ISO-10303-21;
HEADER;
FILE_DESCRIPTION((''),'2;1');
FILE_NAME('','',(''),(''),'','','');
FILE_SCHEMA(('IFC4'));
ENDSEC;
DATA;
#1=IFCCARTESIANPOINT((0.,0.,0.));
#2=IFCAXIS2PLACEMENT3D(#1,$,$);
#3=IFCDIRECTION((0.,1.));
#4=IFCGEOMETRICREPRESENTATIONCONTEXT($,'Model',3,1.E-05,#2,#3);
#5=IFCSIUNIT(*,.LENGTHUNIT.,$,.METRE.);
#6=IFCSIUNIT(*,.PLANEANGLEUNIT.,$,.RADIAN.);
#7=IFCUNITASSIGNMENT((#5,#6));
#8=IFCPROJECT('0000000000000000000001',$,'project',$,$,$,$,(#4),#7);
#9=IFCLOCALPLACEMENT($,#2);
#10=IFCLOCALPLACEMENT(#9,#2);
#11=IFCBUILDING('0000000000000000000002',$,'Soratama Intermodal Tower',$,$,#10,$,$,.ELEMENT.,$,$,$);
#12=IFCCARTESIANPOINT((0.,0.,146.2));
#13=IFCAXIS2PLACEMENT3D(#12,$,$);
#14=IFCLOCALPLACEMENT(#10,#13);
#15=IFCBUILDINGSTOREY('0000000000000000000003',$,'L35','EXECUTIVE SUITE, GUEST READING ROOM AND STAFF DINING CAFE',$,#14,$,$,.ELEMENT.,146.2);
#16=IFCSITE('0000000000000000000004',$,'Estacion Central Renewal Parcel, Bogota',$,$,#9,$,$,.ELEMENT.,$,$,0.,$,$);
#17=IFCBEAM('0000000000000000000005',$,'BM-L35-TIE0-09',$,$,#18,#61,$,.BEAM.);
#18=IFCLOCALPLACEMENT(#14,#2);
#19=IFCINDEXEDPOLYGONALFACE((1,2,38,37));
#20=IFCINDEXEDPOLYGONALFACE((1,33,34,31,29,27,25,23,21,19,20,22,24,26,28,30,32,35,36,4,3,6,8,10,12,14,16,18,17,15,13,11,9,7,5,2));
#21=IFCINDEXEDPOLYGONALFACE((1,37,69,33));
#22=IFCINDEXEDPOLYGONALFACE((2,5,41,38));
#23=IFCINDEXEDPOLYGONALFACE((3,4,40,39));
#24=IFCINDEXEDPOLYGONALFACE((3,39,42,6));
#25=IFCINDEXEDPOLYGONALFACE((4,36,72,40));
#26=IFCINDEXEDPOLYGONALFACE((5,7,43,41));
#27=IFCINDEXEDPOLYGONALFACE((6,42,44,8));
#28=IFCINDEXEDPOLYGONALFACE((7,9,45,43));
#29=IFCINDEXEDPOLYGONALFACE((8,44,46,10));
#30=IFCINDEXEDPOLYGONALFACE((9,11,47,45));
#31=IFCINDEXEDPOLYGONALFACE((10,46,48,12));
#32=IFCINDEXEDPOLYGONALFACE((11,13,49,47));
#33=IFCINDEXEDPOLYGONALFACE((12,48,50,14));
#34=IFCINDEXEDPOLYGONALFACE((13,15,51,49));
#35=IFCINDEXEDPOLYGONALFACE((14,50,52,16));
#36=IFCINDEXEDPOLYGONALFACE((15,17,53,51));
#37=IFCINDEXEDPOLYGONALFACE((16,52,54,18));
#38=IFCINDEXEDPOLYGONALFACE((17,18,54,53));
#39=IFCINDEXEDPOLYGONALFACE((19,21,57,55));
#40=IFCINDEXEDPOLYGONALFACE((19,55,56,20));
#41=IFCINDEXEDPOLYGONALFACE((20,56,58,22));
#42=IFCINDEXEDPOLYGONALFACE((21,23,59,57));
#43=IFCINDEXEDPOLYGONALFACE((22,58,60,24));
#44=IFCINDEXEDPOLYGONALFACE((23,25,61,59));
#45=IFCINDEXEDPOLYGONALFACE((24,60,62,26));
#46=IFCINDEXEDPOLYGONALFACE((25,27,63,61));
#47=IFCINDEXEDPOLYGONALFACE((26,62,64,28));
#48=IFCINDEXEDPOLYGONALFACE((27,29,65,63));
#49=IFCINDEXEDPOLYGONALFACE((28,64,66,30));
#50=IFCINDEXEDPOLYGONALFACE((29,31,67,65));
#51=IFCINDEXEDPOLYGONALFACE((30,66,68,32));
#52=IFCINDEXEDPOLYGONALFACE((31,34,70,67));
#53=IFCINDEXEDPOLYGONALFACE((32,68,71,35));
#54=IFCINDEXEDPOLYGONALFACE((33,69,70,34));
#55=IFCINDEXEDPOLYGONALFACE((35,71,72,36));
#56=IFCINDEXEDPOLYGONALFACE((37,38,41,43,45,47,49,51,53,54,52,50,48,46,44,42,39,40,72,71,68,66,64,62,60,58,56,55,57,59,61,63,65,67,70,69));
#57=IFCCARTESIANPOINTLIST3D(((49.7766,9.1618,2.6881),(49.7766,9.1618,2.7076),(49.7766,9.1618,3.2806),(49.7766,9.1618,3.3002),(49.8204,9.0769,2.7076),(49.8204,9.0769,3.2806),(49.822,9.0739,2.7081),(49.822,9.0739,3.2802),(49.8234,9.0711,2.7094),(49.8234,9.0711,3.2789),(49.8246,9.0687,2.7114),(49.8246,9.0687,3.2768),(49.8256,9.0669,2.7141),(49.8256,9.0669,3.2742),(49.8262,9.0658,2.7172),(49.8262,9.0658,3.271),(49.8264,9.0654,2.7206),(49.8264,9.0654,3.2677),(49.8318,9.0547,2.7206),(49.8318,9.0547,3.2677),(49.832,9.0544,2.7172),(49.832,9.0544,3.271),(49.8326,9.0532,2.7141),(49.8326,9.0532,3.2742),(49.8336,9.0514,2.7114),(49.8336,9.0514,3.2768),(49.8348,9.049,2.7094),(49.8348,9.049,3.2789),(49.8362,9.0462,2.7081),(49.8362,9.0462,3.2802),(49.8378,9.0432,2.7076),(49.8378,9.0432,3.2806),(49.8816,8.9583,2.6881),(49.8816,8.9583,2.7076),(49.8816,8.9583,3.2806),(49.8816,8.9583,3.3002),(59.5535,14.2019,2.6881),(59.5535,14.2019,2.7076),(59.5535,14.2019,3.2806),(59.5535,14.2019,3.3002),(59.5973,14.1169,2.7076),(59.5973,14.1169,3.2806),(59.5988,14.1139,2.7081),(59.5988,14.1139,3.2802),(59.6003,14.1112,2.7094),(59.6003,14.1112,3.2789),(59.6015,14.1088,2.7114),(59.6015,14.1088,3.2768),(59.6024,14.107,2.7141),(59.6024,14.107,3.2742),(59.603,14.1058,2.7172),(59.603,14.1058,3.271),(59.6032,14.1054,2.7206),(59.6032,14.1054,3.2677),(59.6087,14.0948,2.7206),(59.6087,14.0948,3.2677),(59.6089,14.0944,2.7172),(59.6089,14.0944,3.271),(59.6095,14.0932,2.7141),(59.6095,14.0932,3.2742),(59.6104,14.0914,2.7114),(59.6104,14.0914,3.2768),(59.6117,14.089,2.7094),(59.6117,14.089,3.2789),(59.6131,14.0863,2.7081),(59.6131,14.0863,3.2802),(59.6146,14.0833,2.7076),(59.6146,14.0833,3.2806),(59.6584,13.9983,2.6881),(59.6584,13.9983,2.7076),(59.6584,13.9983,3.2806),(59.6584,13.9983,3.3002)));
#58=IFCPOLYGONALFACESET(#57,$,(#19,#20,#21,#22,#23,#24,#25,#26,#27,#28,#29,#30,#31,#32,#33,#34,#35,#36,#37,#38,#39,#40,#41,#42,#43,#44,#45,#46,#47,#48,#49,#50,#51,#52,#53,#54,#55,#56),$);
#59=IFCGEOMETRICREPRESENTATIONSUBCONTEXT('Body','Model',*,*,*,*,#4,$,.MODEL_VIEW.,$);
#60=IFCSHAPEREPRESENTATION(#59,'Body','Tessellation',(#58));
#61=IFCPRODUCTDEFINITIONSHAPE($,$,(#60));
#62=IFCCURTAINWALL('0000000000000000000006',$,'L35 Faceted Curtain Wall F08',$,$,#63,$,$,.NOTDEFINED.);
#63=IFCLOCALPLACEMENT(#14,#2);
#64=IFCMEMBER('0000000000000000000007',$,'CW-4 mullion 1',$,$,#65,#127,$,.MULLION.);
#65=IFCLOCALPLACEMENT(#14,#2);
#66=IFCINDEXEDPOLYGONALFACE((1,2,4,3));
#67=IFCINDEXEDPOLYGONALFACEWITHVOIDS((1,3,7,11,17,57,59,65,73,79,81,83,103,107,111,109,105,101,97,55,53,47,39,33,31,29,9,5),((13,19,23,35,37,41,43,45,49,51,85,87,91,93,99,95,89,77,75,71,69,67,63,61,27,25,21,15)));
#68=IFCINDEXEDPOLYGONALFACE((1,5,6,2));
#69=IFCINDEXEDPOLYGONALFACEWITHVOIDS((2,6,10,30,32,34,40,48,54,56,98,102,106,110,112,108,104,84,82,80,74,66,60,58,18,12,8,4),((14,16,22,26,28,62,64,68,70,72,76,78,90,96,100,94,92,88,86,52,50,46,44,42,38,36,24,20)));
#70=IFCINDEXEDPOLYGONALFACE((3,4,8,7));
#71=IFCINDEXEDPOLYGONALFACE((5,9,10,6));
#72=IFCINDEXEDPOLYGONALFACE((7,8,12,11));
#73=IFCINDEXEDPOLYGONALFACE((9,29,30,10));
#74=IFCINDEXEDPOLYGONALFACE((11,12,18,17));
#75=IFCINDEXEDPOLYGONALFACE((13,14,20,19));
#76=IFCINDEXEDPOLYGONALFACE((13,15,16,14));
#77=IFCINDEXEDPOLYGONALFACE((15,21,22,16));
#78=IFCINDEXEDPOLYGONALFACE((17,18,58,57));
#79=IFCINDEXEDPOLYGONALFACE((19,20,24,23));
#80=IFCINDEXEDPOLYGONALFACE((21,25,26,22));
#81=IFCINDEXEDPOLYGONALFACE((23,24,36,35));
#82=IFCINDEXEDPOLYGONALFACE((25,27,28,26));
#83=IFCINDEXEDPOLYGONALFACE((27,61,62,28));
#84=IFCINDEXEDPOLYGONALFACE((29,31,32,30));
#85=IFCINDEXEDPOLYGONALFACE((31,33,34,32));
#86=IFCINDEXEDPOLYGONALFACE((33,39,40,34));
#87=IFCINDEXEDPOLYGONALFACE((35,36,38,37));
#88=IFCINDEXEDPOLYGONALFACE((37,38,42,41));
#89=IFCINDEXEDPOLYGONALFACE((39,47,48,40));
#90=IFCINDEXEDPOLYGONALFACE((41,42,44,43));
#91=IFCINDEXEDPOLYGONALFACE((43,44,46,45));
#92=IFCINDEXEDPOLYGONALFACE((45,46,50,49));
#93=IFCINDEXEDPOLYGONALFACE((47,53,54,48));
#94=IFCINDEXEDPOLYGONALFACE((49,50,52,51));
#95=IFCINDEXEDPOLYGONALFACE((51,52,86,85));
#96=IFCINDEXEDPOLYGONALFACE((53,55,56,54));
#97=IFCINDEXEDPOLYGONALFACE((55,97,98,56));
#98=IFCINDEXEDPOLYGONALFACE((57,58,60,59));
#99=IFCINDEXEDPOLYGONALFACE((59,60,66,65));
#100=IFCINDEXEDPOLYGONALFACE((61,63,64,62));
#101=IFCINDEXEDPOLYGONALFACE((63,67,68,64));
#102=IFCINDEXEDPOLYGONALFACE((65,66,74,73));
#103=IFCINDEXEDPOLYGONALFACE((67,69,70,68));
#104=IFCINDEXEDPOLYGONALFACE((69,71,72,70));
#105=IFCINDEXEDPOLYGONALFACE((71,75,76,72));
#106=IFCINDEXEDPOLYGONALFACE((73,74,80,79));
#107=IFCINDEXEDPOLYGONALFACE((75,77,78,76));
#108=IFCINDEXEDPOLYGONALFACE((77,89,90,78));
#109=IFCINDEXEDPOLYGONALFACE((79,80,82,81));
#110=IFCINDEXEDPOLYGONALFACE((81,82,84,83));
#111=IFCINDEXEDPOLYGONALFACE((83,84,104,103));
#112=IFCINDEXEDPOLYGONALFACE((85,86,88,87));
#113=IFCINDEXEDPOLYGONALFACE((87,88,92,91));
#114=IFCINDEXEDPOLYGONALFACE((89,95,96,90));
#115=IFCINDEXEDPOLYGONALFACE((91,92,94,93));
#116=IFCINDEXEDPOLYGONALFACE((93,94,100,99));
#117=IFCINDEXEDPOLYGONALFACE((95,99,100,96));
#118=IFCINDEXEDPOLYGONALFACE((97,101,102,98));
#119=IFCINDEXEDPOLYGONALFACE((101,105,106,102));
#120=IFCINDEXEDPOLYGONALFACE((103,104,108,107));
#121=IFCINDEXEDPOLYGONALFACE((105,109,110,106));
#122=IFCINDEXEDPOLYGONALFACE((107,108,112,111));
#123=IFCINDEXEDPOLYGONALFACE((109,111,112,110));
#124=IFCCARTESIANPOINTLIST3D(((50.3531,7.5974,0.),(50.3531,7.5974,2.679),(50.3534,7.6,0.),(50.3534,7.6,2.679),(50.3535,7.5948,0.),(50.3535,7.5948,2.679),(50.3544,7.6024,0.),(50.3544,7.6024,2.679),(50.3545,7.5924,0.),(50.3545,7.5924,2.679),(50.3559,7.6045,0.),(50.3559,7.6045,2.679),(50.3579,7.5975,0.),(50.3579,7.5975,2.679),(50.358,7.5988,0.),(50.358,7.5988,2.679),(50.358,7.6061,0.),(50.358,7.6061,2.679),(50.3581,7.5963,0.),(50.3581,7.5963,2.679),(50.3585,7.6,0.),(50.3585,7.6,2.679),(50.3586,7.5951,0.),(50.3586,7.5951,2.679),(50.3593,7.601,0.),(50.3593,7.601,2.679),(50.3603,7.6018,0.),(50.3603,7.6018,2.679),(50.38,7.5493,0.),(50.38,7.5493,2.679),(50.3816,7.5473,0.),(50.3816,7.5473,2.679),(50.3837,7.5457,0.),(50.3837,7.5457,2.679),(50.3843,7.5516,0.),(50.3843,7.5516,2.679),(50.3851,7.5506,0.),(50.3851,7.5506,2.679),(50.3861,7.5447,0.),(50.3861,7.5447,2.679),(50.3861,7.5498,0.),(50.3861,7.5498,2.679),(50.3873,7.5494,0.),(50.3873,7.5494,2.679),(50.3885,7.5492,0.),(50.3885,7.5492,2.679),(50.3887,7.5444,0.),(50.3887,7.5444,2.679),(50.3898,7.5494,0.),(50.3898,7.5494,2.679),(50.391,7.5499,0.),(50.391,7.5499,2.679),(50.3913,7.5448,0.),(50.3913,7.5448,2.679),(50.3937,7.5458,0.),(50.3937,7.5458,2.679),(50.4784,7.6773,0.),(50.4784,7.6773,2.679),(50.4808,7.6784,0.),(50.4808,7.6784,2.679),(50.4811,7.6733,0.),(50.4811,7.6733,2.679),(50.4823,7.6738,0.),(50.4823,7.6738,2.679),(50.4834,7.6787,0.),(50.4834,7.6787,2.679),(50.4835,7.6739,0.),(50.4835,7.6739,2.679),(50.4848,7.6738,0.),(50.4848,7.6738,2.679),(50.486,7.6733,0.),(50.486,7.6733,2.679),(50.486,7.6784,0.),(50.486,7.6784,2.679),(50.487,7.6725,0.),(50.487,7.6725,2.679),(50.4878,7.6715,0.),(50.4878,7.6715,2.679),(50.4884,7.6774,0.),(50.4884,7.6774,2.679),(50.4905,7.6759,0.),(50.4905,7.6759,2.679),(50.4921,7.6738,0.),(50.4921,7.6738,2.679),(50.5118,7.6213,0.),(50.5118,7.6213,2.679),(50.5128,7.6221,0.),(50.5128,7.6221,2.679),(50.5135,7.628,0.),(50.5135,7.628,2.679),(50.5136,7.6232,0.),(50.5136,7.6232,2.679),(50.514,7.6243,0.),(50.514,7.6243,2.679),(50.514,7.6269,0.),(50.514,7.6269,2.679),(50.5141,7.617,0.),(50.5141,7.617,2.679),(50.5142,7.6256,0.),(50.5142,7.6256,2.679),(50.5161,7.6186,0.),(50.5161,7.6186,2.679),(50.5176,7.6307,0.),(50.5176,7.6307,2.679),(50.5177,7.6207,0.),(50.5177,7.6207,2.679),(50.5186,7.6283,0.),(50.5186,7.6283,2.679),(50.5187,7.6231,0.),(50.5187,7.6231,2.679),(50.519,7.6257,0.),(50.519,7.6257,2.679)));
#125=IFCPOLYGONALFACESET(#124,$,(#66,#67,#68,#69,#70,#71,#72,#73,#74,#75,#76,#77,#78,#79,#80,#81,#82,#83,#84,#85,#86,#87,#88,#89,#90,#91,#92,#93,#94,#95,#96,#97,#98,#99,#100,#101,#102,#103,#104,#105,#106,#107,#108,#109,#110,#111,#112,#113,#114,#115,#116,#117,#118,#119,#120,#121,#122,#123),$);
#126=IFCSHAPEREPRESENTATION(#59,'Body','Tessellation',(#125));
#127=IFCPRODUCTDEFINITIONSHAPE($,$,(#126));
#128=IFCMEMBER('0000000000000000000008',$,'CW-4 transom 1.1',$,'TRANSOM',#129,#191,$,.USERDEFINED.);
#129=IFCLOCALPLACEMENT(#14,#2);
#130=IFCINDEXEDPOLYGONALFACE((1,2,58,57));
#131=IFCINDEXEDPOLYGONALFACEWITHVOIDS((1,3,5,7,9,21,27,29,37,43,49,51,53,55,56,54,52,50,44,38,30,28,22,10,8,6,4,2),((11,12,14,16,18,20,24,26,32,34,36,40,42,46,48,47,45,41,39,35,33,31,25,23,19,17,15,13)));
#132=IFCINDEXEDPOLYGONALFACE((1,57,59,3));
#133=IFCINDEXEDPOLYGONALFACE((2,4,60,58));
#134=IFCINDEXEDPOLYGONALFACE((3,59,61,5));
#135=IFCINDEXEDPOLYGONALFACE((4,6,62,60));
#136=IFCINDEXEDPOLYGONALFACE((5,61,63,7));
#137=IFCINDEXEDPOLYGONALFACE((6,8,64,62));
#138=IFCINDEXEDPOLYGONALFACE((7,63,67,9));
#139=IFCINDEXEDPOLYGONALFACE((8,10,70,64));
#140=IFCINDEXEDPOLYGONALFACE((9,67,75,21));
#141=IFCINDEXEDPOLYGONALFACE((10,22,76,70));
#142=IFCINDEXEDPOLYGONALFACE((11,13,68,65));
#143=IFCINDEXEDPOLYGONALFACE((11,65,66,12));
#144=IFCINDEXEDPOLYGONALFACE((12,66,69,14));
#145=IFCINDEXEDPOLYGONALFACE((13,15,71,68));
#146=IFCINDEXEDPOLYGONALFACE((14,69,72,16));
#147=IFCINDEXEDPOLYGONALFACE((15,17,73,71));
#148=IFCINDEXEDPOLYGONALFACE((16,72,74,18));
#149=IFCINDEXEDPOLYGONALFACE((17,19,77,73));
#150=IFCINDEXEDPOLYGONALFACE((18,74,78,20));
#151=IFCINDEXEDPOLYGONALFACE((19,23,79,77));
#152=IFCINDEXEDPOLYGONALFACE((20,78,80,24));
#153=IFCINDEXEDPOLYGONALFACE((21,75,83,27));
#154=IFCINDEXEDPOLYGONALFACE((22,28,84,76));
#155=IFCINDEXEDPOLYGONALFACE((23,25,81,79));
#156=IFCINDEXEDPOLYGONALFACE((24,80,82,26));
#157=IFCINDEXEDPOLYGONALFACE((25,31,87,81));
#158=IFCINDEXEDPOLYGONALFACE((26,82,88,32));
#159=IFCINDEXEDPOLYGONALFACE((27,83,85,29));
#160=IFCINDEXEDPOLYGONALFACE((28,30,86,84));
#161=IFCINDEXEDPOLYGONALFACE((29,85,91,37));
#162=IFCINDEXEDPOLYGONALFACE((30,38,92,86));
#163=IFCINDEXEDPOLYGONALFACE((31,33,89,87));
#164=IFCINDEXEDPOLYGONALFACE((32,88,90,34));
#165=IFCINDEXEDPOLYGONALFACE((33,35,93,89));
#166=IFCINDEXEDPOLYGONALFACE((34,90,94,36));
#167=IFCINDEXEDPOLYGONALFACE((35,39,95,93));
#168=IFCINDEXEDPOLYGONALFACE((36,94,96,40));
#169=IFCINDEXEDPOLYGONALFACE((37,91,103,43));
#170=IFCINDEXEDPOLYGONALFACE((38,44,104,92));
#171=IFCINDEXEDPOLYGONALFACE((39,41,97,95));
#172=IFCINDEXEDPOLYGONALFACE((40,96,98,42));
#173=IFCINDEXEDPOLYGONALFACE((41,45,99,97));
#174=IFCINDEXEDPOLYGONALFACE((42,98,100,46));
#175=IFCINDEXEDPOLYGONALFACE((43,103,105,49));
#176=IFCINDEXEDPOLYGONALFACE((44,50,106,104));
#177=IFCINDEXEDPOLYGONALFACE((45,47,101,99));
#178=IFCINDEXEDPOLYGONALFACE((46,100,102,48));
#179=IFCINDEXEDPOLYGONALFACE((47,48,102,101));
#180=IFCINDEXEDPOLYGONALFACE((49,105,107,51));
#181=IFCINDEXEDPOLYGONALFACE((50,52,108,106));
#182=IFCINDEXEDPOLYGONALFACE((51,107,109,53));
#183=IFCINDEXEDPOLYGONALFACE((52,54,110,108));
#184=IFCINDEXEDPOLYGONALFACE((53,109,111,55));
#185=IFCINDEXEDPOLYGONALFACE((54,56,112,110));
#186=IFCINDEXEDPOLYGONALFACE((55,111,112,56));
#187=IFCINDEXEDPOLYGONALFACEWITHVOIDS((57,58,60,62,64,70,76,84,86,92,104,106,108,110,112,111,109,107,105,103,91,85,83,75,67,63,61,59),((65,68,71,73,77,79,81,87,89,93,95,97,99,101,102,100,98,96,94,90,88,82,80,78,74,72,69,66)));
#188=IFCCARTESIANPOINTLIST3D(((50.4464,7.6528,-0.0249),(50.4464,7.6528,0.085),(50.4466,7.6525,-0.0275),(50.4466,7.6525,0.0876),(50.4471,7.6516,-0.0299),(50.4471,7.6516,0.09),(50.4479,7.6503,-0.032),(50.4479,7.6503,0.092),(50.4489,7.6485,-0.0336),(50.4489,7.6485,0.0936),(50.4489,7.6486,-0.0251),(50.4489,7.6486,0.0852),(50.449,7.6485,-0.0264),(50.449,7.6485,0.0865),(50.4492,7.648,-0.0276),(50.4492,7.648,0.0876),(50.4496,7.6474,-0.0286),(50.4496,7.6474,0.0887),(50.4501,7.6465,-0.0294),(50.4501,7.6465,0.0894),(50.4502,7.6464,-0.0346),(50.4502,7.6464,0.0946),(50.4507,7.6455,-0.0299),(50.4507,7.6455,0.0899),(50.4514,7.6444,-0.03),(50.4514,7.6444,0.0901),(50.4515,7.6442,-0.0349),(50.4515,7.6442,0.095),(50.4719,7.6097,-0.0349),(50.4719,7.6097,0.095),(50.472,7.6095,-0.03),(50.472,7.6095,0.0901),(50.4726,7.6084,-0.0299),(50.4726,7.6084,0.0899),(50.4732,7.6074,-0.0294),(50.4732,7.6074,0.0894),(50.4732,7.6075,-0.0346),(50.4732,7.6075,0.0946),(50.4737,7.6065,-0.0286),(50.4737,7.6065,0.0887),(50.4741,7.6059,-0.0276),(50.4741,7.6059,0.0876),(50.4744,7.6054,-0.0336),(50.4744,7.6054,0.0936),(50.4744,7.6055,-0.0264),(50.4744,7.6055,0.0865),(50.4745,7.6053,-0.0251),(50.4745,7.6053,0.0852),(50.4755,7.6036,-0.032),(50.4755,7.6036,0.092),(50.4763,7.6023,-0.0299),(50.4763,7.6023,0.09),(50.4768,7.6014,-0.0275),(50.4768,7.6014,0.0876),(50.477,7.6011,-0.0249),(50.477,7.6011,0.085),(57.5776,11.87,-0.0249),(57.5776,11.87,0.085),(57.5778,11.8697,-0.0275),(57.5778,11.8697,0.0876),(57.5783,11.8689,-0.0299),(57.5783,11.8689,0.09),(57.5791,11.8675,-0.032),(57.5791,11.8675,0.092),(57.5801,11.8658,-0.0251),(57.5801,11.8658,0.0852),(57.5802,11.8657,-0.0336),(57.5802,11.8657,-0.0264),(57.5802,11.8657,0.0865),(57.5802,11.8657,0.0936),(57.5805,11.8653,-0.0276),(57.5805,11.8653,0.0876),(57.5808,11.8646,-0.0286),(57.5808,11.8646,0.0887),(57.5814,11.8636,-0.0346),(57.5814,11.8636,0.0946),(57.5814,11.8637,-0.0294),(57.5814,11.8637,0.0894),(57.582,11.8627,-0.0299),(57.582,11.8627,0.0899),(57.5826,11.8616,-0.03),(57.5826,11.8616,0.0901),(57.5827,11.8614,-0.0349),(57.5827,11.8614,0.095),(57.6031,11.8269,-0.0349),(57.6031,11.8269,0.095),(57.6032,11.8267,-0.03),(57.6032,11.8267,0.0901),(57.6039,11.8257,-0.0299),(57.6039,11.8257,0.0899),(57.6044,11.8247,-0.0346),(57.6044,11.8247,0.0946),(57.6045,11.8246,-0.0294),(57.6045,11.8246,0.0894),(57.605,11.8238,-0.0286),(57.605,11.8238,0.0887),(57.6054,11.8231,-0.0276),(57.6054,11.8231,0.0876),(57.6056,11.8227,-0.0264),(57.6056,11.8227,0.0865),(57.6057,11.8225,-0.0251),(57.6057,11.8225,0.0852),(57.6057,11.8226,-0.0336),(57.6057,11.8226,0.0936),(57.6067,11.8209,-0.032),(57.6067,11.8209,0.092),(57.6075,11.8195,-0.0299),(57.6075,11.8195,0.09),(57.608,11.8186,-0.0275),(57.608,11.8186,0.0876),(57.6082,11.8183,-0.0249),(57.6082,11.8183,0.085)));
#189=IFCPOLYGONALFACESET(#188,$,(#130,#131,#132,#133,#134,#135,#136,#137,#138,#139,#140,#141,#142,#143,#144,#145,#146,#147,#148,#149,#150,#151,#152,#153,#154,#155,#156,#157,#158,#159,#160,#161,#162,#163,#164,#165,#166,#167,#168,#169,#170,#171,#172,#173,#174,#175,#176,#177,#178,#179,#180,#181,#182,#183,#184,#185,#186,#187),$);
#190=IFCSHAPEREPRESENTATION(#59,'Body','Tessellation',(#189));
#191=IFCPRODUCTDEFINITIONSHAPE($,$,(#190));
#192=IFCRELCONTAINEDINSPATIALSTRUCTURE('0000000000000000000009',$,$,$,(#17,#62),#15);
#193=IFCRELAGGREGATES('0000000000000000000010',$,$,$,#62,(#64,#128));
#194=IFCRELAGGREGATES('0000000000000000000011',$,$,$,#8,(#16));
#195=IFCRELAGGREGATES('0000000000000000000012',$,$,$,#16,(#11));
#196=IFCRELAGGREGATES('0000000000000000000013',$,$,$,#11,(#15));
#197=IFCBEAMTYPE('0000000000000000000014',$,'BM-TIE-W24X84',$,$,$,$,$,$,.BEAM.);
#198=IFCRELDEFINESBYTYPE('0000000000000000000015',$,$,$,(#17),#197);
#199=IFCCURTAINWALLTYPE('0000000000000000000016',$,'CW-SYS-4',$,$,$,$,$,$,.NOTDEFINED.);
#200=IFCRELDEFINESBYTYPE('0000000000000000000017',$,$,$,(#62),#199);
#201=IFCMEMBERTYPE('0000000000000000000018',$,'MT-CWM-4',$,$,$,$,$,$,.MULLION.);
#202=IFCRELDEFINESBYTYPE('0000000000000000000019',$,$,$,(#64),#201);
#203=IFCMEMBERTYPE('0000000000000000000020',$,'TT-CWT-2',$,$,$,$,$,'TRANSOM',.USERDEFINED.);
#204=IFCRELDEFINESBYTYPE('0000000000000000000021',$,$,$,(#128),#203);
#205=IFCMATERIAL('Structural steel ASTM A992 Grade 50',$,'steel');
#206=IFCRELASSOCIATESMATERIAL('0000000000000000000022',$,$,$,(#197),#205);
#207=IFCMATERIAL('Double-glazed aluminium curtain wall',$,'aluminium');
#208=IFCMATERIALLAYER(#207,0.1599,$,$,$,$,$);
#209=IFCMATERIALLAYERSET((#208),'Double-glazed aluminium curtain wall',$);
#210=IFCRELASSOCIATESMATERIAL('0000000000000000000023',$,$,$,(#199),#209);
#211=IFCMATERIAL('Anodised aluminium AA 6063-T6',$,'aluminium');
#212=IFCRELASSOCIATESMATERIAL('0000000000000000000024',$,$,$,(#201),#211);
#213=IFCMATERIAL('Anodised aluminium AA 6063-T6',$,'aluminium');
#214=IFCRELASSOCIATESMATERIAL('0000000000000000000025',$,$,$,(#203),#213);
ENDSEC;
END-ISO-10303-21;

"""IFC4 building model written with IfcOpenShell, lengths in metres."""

from ifc_helpers import new_model, si_unit, direction, frame, origin, origin_2d, place, context, subcontext, project, spatial, hollow_rectangle, i_section, extrude, material, layer, layer_set, material_profile, profile_set, type_object, element, aggregate, save


model = new_model("IFC4")

# Units and contexts
model_context = context("Model", 3, precision=1e-05, world=origin(), true_north=direction((0.0, 1.0)))
body_context = subcontext(model_context, "Body", "Model", "MODEL_VIEW")
ifc_project = project(units=[si_unit("LENGTHUNIT", "METRE"), si_unit("PLANEANGLEUNIT", "RADIAN")], contexts=[model_context])

# Site, building, storey
site_placement = place(None, origin())
site = spatial("IfcSite", under=ifc_project, at=site_placement, Name="Estacion Central Renewal Parcel, Bogota", CompositionType="ELEMENT", RefElevation=0.0)
building_placement = place(site_placement, origin())
building = spatial("IfcBuilding", under=site, at=building_placement, Name="Soratama Intermodal Tower", CompositionType="ELEMENT")
storey_placement = place(building_placement, frame((0.0, 0.0, 146.2)))
storey = spatial("IfcBuildingStorey", under=building, at=storey_placement, Name="L35", Description="EXECUTIVE SUITE, GUEST READING ROOM AND STAFF DINING CAFE", CompositionType="ELEMENT", Elevation=146.2)

# Beam
ifc_material_1 = material(Name="Structural steel ASTM A992 Grade 50", Category="steel")
ifc_material_profile_1 = material_profile(ifc_material_1, i_section(OverallWidth=0.229, OverallDepth=0.6121, WebThickness=0.012, FlangeThickness=0.0195, FilletRadius=0.0129, at=origin_2d()), Name="W24X84")
ifc_profile_set_1 = profile_set([ifc_material_profile_1], Name="Structural steel ASTM A992 Grade 50")
beam_type_1 = type_object("IfcBeamType", Name="BM-TIE-W24X84", PredefinedType="BEAM", material=ifc_profile_set_1)
beam_1_placement = place(storey_placement, frame((49.8291, 9.0601, 2.9941), z_axis=(0.888846, 0.458206, 0.0), x_axis=(-0.458206, 0.888846, 0.0)))
element("IfcBeam", 1, at=beam_1_placement, inside=storey, type_object=beam_type_1, Name="BM-L35-TIE0-09", PredefinedType="BEAM", context=body_context, shape_type="SweptSolid", body=[
    extrude(i_section(OverallWidth=0.229, OverallDepth=0.6121, WebThickness=0.012, FlangeThickness=0.0195, FilletRadius=0.0129, at=origin_2d()), origin(), (0.0, 0.0, 1.0), 10.9995),
])

# Curtain wall, members
ifc_material_2 = material(Name="Double-glazed aluminium curtain wall", Category="aluminium")
ifc_layer_1 = layer(ifc_material_2, 0.1599)
ifc_layer_set_1 = layer_set([ifc_layer_1], Name="Double-glazed aluminium curtain wall")
curtain_wall_type = type_object("IfcCurtainWallType", Name="CW-SYS-4", PredefinedType="NOTDEFINED", material=ifc_layer_set_1)
curtain_wall_placement = place(storey_placement, origin())
curtain_wall = element("IfcCurtainWall", 2, at=curtain_wall_placement, inside=storey, type_object=curtain_wall_type, Name="L35 Faceted Curtain Wall F08", PredefinedType="NOTDEFINED")
ifc_material_3 = material(Name="Anodised aluminium AA 6063-T6", Category="aluminium")
ifc_material_profile_2 = material_profile(ifc_material_3, hollow_rectangle(XDim=0.0701, YDim=0.1599, WallThickness=0.0049, InnerFilletRadius=0.0049, OuterFilletRadius=0.01, at=origin_2d()), Name="CWM160X70X5")
ifc_profile_set_2 = profile_set([ifc_material_profile_2], Name="Anodised aluminium AA 6063-T6")
member_type_1 = type_object("IfcMemberType", Name="MT-CWM-4", PredefinedType="MULLION", material=ifc_profile_set_2)
member_1_placement = place(storey_placement, frame((50.436, 7.6116, 0.0), z_axis=(0.0, 0.0, 1.0), x_axis=(-0.509044, 0.860741, 0.0)))
member_1 = element("IfcMember", 3, at=member_1_placement, type_object=member_type_1, Name="CW-4 mullion 1", PredefinedType="MULLION", context=body_context, shape_type="SweptSolid", body=[
    extrude(hollow_rectangle(XDim=0.0701, YDim=0.1599, WallThickness=0.0049, InnerFilletRadius=0.0049, OuterFilletRadius=0.01, at=origin_2d()), origin(), (0.0, 0.0, 1.0), 2.679),
])
ifc_material_4 = material(Name="Anodised aluminium AA 6063-T6", Category="aluminium")
ifc_material_profile_3 = material_profile(ifc_material_4, hollow_rectangle(XDim=0.0601, YDim=0.1299, WallThickness=0.0049, InnerFilletRadius=0.0049, OuterFilletRadius=0.01, at=origin_2d()), Name="CWT130X60X5")
ifc_profile_set_3 = profile_set([ifc_material_profile_3], Name="Anodised aluminium AA 6063-T6")
member_type_2 = type_object("IfcMemberType", Name="TT-CWT-2", ElementType="TRANSOM", PredefinedType="USERDEFINED", material=ifc_profile_set_3)
member_2_placement = place(storey_placement, frame((50.4617, 7.627, 0.03), z_axis=(0.860752, 0.509025, 0.0), x_axis=(-0.509025, 0.860752, 0.0)))
member_2 = element("IfcMember", 4, at=member_2_placement, type_object=member_type_2, Name="CW-4 transom 1.1", ObjectType="TRANSOM", PredefinedType="USERDEFINED", context=body_context, shape_type="SweptSolid", body=[
    extrude(hollow_rectangle(XDim=0.0601, YDim=0.1299, WallThickness=0.0049, InnerFilletRadius=0.0049, OuterFilletRadius=0.01, at=origin_2d()), origin(), (0.0, 0.0, 1.0), 8.2849),
])
aggregate(curtain_wall, [member_1, member_2])

save(model, "model.ifc")
